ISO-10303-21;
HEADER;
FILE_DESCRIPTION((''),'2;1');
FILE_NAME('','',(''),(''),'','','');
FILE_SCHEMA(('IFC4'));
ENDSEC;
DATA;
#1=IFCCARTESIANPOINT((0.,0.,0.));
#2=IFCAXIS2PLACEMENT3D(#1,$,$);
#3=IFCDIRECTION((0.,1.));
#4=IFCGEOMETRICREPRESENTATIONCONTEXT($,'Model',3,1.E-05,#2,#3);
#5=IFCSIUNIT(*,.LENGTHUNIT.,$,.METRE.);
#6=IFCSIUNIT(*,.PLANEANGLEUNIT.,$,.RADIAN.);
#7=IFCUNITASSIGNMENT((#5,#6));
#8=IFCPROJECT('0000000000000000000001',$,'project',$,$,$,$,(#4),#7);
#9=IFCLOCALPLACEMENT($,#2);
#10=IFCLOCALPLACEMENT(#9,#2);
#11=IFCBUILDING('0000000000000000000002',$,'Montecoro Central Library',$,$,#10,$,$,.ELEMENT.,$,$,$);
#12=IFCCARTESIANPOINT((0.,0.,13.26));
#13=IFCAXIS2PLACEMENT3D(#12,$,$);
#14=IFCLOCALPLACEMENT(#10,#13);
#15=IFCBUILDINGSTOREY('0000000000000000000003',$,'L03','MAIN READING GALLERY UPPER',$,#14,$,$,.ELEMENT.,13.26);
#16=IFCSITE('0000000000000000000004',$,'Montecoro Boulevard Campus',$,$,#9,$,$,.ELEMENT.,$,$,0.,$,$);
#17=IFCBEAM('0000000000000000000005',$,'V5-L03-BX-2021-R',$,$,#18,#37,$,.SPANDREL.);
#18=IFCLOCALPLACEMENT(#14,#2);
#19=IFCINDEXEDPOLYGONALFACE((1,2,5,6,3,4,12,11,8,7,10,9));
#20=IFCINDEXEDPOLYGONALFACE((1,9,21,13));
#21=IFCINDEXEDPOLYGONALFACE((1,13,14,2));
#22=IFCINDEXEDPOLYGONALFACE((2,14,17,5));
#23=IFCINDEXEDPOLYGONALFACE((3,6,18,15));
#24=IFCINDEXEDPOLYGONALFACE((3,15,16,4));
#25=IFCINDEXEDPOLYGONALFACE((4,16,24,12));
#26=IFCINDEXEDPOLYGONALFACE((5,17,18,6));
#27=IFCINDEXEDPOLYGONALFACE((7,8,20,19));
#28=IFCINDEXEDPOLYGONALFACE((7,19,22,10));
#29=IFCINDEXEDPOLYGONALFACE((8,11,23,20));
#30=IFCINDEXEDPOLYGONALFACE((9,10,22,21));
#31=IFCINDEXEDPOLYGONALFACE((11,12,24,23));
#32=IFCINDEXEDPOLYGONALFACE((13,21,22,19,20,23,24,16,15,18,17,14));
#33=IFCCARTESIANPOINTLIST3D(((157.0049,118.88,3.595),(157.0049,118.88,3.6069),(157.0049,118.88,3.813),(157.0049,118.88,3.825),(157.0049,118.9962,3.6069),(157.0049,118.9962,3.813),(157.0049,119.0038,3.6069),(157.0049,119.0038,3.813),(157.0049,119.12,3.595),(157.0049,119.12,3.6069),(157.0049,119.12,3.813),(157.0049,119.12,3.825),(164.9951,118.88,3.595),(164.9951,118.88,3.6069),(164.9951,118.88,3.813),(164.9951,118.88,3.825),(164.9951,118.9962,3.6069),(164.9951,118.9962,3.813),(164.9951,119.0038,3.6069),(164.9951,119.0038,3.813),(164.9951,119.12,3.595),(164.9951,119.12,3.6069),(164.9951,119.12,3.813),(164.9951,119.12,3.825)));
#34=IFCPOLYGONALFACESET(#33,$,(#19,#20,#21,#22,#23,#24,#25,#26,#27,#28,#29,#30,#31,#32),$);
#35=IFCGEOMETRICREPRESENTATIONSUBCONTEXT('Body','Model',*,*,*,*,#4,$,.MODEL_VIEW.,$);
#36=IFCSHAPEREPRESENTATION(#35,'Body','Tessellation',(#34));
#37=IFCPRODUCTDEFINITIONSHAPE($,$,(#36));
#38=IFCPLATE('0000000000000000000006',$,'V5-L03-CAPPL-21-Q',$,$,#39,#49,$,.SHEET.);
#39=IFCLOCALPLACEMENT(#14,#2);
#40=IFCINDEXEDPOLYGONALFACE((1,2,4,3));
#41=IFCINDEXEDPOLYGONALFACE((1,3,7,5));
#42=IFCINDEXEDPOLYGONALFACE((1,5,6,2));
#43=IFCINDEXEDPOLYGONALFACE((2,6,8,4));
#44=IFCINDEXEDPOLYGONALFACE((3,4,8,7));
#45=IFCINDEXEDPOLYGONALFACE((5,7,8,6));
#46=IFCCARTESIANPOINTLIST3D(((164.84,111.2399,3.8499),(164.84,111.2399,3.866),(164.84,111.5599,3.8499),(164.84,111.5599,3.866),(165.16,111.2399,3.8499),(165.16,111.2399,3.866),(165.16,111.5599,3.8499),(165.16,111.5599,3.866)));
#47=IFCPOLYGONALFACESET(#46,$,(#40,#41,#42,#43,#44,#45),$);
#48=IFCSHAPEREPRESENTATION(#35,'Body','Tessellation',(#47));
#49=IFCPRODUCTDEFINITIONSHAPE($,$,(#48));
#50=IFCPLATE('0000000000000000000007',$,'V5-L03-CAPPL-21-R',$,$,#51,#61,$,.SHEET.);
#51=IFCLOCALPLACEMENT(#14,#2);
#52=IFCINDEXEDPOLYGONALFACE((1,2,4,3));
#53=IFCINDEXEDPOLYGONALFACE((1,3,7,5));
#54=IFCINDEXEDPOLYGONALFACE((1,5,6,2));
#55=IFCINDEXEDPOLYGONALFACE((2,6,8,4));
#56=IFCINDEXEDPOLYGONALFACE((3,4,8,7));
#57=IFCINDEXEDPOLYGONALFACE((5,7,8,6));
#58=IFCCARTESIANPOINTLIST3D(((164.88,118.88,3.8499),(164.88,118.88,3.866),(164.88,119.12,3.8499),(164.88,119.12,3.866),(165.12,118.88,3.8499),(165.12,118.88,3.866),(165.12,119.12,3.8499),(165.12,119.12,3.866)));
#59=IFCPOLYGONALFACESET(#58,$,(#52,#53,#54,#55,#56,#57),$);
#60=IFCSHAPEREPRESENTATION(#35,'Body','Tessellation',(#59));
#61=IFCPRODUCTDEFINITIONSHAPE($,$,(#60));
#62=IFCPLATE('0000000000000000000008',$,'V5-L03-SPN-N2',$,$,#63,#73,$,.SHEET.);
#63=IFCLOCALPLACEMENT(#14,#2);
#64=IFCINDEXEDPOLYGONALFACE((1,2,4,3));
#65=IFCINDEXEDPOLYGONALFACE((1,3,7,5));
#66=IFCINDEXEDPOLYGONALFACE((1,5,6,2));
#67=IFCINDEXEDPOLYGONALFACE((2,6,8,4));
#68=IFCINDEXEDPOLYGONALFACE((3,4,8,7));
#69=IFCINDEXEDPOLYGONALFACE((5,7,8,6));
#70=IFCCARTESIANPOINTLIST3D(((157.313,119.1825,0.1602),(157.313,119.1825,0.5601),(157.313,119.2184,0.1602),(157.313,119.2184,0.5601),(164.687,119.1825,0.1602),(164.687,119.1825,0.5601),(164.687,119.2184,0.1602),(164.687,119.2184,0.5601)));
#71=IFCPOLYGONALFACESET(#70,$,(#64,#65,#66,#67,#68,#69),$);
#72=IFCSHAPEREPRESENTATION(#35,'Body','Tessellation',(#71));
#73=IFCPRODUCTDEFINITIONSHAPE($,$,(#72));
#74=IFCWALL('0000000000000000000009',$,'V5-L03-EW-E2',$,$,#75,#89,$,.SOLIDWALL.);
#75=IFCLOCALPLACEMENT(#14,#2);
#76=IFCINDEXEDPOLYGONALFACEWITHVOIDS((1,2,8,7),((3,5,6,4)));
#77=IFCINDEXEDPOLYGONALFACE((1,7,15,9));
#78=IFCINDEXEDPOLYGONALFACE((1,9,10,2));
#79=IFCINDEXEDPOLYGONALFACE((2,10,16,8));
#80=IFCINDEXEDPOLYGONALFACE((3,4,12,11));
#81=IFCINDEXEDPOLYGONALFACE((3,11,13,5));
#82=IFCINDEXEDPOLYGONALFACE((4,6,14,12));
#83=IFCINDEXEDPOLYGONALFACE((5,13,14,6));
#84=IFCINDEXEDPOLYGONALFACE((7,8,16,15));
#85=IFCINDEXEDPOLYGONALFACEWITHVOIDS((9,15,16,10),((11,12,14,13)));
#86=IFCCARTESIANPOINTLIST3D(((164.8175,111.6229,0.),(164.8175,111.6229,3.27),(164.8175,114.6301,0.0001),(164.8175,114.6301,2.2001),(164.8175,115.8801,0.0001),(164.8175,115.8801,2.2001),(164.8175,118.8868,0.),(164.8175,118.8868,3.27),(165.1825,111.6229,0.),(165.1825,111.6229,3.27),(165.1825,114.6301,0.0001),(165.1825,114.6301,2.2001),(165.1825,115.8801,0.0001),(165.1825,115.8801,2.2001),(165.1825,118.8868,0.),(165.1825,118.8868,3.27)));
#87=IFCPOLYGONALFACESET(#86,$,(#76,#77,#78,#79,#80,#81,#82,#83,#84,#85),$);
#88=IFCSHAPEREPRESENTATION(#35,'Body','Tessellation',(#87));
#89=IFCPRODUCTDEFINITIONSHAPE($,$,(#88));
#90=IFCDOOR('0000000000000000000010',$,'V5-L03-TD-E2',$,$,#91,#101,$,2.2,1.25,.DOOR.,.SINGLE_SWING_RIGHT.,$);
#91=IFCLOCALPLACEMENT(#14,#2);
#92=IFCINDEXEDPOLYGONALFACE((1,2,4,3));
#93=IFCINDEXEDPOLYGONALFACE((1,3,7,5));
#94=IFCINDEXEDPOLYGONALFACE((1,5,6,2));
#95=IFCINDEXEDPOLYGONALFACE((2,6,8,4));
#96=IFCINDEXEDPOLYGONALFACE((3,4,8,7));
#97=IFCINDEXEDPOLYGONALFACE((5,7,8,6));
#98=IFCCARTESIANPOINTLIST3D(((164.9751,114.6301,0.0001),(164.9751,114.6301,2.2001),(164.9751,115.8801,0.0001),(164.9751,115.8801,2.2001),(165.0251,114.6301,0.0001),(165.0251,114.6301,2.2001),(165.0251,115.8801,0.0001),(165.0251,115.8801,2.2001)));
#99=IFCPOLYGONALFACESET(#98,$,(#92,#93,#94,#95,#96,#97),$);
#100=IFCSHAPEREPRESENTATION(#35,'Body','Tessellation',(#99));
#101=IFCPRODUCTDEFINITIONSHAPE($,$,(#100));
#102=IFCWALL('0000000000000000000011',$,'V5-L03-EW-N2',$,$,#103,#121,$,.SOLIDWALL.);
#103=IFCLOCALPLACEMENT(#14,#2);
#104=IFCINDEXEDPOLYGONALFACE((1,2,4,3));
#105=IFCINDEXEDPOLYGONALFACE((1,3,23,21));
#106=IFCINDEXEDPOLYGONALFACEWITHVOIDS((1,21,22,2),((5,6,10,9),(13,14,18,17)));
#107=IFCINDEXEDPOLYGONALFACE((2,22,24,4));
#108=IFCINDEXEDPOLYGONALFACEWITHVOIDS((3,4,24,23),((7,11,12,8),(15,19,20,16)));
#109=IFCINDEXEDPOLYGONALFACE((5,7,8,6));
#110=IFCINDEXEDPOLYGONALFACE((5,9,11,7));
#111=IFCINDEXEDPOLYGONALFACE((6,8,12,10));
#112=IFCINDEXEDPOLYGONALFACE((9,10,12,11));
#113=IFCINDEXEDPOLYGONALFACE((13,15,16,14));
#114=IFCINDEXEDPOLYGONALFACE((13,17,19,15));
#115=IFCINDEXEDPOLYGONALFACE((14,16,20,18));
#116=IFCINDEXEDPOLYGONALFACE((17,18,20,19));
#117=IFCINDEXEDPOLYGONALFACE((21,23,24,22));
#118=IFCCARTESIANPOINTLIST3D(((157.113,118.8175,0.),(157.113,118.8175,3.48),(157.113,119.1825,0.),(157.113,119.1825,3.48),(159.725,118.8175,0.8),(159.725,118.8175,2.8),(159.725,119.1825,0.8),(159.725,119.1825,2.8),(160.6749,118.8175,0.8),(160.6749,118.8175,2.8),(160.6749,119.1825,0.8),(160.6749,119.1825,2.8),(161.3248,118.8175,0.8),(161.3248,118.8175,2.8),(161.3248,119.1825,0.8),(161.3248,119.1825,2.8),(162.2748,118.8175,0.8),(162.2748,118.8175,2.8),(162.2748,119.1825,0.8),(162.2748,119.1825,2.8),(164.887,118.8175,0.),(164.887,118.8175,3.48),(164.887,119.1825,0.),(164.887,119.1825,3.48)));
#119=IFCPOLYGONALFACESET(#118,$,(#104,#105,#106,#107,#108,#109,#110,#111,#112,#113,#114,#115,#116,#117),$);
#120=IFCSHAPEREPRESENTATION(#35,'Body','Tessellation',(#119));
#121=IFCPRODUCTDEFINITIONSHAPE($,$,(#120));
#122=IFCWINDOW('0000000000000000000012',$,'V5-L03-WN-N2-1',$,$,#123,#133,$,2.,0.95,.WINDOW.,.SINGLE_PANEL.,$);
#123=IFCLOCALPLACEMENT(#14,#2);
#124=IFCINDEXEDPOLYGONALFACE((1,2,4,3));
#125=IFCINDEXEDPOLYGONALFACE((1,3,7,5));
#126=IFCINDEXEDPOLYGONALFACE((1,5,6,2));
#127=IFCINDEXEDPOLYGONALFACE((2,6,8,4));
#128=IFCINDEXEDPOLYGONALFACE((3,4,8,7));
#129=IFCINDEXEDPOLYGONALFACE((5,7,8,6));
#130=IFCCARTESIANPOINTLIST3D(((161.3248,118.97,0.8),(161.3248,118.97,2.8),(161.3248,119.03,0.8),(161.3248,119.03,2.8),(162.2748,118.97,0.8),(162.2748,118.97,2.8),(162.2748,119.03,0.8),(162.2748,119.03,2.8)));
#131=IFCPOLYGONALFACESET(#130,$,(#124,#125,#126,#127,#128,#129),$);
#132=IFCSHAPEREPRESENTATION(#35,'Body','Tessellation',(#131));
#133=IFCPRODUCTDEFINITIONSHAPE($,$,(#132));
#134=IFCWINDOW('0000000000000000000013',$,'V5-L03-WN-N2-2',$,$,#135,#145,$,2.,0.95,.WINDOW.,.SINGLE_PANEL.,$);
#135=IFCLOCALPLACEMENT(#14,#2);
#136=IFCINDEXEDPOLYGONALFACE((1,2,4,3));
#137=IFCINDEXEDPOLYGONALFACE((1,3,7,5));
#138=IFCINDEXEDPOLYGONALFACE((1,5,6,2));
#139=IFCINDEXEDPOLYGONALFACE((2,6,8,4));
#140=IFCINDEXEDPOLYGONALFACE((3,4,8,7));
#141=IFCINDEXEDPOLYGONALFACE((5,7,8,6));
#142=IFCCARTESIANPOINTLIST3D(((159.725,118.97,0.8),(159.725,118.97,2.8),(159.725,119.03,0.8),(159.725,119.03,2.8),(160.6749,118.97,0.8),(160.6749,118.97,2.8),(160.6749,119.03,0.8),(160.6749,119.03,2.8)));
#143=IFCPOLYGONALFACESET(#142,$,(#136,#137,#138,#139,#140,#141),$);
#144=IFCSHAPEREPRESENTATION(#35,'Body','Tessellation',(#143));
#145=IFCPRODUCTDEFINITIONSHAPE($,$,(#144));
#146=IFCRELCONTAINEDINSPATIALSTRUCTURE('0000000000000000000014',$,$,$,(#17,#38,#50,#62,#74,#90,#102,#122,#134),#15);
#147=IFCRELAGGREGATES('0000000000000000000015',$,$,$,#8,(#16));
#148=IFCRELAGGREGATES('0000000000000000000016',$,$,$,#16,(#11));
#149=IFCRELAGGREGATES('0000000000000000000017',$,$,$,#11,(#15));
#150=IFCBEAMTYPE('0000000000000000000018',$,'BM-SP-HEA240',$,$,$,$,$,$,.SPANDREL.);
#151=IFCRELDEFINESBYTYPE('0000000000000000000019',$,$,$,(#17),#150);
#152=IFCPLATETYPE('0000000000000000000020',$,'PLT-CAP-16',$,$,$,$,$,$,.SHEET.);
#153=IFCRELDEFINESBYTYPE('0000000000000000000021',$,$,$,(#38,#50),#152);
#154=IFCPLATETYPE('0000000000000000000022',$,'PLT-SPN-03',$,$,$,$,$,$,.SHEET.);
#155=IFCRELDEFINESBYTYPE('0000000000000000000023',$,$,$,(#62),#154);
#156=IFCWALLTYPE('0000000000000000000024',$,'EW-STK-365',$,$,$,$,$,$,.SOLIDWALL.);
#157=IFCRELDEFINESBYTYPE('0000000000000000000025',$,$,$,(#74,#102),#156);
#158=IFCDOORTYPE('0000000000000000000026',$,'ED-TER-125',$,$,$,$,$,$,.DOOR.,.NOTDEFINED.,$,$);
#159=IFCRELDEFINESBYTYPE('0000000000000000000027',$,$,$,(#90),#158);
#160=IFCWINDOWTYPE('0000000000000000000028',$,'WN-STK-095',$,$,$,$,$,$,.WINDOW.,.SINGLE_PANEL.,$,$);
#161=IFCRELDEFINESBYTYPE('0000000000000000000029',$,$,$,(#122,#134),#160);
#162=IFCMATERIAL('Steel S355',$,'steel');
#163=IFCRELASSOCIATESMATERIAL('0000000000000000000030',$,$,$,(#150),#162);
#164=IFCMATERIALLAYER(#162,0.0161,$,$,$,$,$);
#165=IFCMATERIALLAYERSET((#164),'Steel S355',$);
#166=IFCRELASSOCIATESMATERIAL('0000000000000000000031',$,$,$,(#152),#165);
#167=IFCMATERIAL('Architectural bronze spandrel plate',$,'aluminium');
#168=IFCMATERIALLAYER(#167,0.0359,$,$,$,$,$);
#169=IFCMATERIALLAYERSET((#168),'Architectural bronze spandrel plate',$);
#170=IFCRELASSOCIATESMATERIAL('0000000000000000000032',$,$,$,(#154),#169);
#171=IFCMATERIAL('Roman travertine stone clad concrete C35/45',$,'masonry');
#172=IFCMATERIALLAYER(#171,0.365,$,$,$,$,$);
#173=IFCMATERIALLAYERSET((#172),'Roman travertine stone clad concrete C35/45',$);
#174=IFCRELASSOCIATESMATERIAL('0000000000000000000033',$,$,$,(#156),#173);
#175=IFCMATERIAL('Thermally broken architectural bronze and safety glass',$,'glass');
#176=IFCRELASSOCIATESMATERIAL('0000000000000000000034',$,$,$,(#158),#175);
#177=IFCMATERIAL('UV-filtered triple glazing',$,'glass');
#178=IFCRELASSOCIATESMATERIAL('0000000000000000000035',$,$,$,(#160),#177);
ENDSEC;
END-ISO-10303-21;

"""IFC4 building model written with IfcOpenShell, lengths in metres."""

from ifc_helpers import new_model, si_unit, direction, frame, frame_2d, origin, origin_2d, place, context, subcontext, project, spatial, rectangle, i_section, extrude, material, layer, layer_set, material_profile, profile_set, type_object, element, fill, save


model = new_model("IFC4")

# Units and contexts
model_context = context("Model", 3, precision=1e-05, world=origin(), true_north=direction((0.0, 1.0)))
body_context = subcontext(model_context, "Body", "Model", "MODEL_VIEW")
ifc_project = project(units=[si_unit("LENGTHUNIT", "METRE"), si_unit("PLANEANGLEUNIT", "RADIAN")], contexts=[model_context])

# Site, building, storey
site_placement = place(None, origin())
site = spatial("IfcSite", under=ifc_project, at=site_placement, Name="Montecoro Boulevard Campus", CompositionType="ELEMENT", RefElevation=0.0)
building_placement = place(site_placement, origin())
building = spatial("IfcBuilding", under=site, at=building_placement, Name="Montecoro Central Library", CompositionType="ELEMENT")
storey_placement = place(building_placement, frame((0.0, 0.0, 13.26)))
storey = spatial("IfcBuildingStorey", under=building, at=storey_placement, Name="L03", Description="MAIN READING GALLERY UPPER", CompositionType="ELEMENT", Elevation=13.26)

# Shared definitions
ifc_material_1 = material(Name="Steel S355", Category="steel")

# Beam
ifc_material_profile_1 = material_profile(ifc_material_1, i_section(OverallWidth=0.24, OverallDepth=0.23, WebThickness=0.0076, FlangeThickness=0.012, at=origin_2d()), Name="HEA 240")
ifc_profile_set_1 = profile_set([ifc_material_profile_1], Name="Steel S355")
beam_type_1 = type_object("IfcBeamType", Name="BM-SP-HEA240", PredefinedType="SPANDREL", material=ifc_profile_set_1)
beam_1_placement = place(storey_placement, frame((157.0049, 119.0, 3.71), z_axis=(1.0, 0.0, 0.0), x_axis=(0.0, 1.0, 0.0)))
element("IfcBeam", 1, at=beam_1_placement, inside=storey, type_object=beam_type_1, Name="V5-L03-BX-2021-R", PredefinedType="SPANDREL", context=body_context, shape_type="SweptSolid", body=[
    extrude(i_section(OverallWidth=0.24, OverallDepth=0.23, WebThickness=0.0076, FlangeThickness=0.012, at=origin_2d()), origin(), (0.0, 0.0, 1.0), 7.9902),
])

# Plates
ifc_layer_1 = layer(ifc_material_1, 0.0161)
ifc_layer_set_1 = layer_set([ifc_layer_1], Name="Steel S355")
plate_type_1 = type_object("IfcPlateType", Name="PLT-CAP-16", PredefinedType="SHEET", material=ifc_layer_set_1)
plate_1_placement = place(storey_placement, frame((165.0, 111.3999, 3.8499), z_axis=(0.0, 0.0, 1.0), x_axis=(1.0, 0.0, 0.0)))
element("IfcPlate", 2, at=plate_1_placement, inside=storey, type_object=plate_type_1, Name="V5-L03-CAPPL-21-Q", PredefinedType="SHEET", context=body_context, shape_type="SweptSolid", body=[
    extrude(rectangle(XDim=0.3201, YDim=0.3201, at=origin_2d()), origin(), (0.0, 0.0, 1.0), 0.0161),
])
plate_2_placement = place(storey_placement, frame((165.0, 119.0, 3.8499), z_axis=(0.0, 0.0, 1.0), x_axis=(1.0, 0.0, 0.0)))
element("IfcPlate", 3, at=plate_2_placement, inside=storey, type_object=plate_type_1, Name="V5-L03-CAPPL-21-R", PredefinedType="SHEET", context=body_context, shape_type="SweptSolid", body=[
    extrude(rectangle(XDim=0.24, YDim=0.24, at=origin_2d()), origin(), (0.0, 0.0, 1.0), 0.0161),
])
ifc_material_2 = material(Name="Architectural bronze spandrel plate", Category="aluminium")
ifc_layer_2 = layer(ifc_material_2, 0.0359)
ifc_layer_set_2 = layer_set([ifc_layer_2], Name="Architectural bronze spandrel plate")
plate_type_2 = type_object("IfcPlateType", Name="PLT-SPN-03", PredefinedType="SHEET", material=ifc_layer_set_2)
plate_3_placement = place(storey_placement, frame((161.0, 119.2004, 0.1602), z_axis=(0.0, 0.0, 1.0), x_axis=(-1.0, 0.0, 0.0)))
element("IfcPlate", 4, at=plate_3_placement, inside=storey, type_object=plate_type_2, Name="V5-L03-SPN-N2", PredefinedType="SHEET", context=body_context, shape_type="SweptSolid", body=[
    extrude(rectangle(XDim=7.374, YDim=0.0359, at=origin_2d()), origin(), (0.0, 0.0, 1.0), 0.3999),
])

# Wall, opening, door
ifc_material_3 = material(Name="Roman travertine stone clad concrete C35/45", Category="masonry")
ifc_layer_3 = layer(ifc_material_3, 0.365)
ifc_layer_set_3 = layer_set([ifc_layer_3], Name="Roman travertine stone clad concrete C35/45")
wall_type_1 = type_object("IfcWallType", Name="EW-STK-365", PredefinedType="SOLIDWALL", material=ifc_layer_set_3)
wall_1_placement = place(storey_placement, frame((165.0, 111.623, 0.0), z_axis=(0.0, 0.0, 1.0), x_axis=(0.0, 1.0, 0.0)))
wall_1 = element("IfcWall", 5, at=wall_1_placement, inside=storey, type_object=wall_type_1, Name="V5-L03-EW-E2", PredefinedType="SOLIDWALL", context=body_context, shape_type="SweptSolid", body=[
    extrude(rectangle(XDim=7.2639, YDim=0.365, at=frame_2d((3.6318, 0.0))), origin(), (0.0, 0.0, 1.0), 3.27),
])
opening_1_placement = place(wall_1_placement, frame((3.0071, 0.0, 0.0)))
opening_1 = element("IfcOpeningElement", 6, at=opening_1_placement, cuts=wall_1, PredefinedType="OPENING", context=body_context, shape_type="SweptSolid", body=[
    extrude(rectangle(XDim=1.25, YDim=2.2, at=frame_2d((0.625, 1.1001))), frame((0.0, 0.1924, 0.0), z_axis=(0.0, -1.0, 0.0), x_axis=(1.0, 0.0, 0.0)), (0.0, 0.0, 1.0), 0.385),
])
ifc_material_4 = material(Name="Thermally broken architectural bronze and safety glass", Category="glass")
door_type_1 = type_object("IfcDoorType", Name="ED-TER-125", OperationType="NOTDEFINED", PredefinedType="DOOR", material=ifc_material_4)
door_1_placement = place(opening_1_placement, origin())
door_1 = element("IfcDoor", 7, at=door_1_placement, inside=storey, type_object=door_type_1, Name="V5-L03-TD-E2", OperationType="SINGLE_SWING_RIGHT", OverallHeight=2.2, OverallWidth=1.25, PredefinedType="DOOR", context=body_context, shape_type="SweptSolid", body=[
    extrude(rectangle(XDim=1.25, YDim=2.2, at=frame_2d((0.625, 1.1001))), frame((0.0, 0.0249, 0.0), z_axis=(0.0, -1.0, 0.0), x_axis=(1.0, 0.0, 0.0)), (0.0, 0.0, 1.0), 0.05),
])
fill(opening_1, door_1)

# Wall, openings, windows
wall_2_placement = place(storey_placement, frame((164.887, 119.0, 0.0), z_axis=(0.0, 0.0, 1.0), x_axis=(-1.0, 0.0, 0.0)))
wall_2 = element("IfcWall", 8, at=wall_2_placement, inside=storey, type_object=wall_type_1, Name="V5-L03-EW-N2", PredefinedType="SOLIDWALL", context=body_context, shape_type="SweptSolid", body=[
    extrude(rectangle(XDim=7.7739, YDim=0.365, at=frame_2d((3.887, 0.0))), origin(), (0.0, 0.0, 1.0), 3.48),
])
opening_2_placement = place(wall_2_placement, frame((2.6121, 0.0, 0.8)))
opening_2 = element("IfcOpeningElement", 9, at=opening_2_placement, cuts=wall_2, PredefinedType="OPENING", context=body_context, shape_type="SweptSolid", body=[
    extrude(rectangle(XDim=0.95, YDim=2.0, at=frame_2d((0.4751, 1.0))), frame((0.0, 0.1924, 0.0), z_axis=(0.0, -1.0, 0.0), x_axis=(1.0, 0.0, 0.0)), (0.0, 0.0, 1.0), 0.385),
])
opening_3_placement = place(wall_2_placement, frame((4.2119, 0.0, 0.8)))
opening_3 = element("IfcOpeningElement", 10, at=opening_3_placement, cuts=wall_2, PredefinedType="OPENING", context=body_context, shape_type="SweptSolid", body=[
    extrude(rectangle(XDim=0.95, YDim=2.0, at=frame_2d((0.4751, 1.0))), frame((0.0, 0.1924, 0.0), z_axis=(0.0, -1.0, 0.0), x_axis=(1.0, 0.0, 0.0)), (0.0, 0.0, 1.0), 0.385),
])
ifc_material_5 = material(Name="UV-filtered triple glazing", Category="glass")
window_type = type_object("IfcWindowType", Name="WN-STK-095", PartitioningType="SINGLE_PANEL", PredefinedType="WINDOW", material=ifc_material_5)
window_1_placement = place(opening_2_placement, origin())
window_1 = element("IfcWindow", 11, at=window_1_placement, inside=storey, type_object=window_type, Name="V5-L03-WN-N2-1", OverallHeight=2.0, OverallWidth=0.95, PartitioningType="SINGLE_PANEL", PredefinedType="WINDOW", context=body_context, shape_type="SweptSolid", body=[
    extrude(rectangle(XDim=0.95, YDim=2.0, at=frame_2d((0.4751, 1.0))), frame((0.0, 0.03, 0.0), z_axis=(0.0, -1.0, 0.0), x_axis=(1.0, 0.0, 0.0)), (0.0, 0.0, 1.0), 0.0601),
])
fill(opening_2, window_1)
window_2_placement = place(opening_3_placement, origin())
window_2 = element("IfcWindow", 12, at=window_2_placement, inside=storey, type_object=window_type, Name="V5-L03-WN-N2-2", OverallHeight=2.0, OverallWidth=0.95, PartitioningType="SINGLE_PANEL", PredefinedType="WINDOW", context=body_context, shape_type="SweptSolid", body=[
    extrude(rectangle(XDim=0.95, YDim=2.0, at=frame_2d((0.4751, 1.0))), frame((0.0, 0.03, 0.0), z_axis=(0.0, -1.0, 0.0), x_axis=(1.0, 0.0, 0.0)), (0.0, 0.0, 1.0), 0.0601),
])
fill(opening_3, window_2)

save(model, "model.ifc")
